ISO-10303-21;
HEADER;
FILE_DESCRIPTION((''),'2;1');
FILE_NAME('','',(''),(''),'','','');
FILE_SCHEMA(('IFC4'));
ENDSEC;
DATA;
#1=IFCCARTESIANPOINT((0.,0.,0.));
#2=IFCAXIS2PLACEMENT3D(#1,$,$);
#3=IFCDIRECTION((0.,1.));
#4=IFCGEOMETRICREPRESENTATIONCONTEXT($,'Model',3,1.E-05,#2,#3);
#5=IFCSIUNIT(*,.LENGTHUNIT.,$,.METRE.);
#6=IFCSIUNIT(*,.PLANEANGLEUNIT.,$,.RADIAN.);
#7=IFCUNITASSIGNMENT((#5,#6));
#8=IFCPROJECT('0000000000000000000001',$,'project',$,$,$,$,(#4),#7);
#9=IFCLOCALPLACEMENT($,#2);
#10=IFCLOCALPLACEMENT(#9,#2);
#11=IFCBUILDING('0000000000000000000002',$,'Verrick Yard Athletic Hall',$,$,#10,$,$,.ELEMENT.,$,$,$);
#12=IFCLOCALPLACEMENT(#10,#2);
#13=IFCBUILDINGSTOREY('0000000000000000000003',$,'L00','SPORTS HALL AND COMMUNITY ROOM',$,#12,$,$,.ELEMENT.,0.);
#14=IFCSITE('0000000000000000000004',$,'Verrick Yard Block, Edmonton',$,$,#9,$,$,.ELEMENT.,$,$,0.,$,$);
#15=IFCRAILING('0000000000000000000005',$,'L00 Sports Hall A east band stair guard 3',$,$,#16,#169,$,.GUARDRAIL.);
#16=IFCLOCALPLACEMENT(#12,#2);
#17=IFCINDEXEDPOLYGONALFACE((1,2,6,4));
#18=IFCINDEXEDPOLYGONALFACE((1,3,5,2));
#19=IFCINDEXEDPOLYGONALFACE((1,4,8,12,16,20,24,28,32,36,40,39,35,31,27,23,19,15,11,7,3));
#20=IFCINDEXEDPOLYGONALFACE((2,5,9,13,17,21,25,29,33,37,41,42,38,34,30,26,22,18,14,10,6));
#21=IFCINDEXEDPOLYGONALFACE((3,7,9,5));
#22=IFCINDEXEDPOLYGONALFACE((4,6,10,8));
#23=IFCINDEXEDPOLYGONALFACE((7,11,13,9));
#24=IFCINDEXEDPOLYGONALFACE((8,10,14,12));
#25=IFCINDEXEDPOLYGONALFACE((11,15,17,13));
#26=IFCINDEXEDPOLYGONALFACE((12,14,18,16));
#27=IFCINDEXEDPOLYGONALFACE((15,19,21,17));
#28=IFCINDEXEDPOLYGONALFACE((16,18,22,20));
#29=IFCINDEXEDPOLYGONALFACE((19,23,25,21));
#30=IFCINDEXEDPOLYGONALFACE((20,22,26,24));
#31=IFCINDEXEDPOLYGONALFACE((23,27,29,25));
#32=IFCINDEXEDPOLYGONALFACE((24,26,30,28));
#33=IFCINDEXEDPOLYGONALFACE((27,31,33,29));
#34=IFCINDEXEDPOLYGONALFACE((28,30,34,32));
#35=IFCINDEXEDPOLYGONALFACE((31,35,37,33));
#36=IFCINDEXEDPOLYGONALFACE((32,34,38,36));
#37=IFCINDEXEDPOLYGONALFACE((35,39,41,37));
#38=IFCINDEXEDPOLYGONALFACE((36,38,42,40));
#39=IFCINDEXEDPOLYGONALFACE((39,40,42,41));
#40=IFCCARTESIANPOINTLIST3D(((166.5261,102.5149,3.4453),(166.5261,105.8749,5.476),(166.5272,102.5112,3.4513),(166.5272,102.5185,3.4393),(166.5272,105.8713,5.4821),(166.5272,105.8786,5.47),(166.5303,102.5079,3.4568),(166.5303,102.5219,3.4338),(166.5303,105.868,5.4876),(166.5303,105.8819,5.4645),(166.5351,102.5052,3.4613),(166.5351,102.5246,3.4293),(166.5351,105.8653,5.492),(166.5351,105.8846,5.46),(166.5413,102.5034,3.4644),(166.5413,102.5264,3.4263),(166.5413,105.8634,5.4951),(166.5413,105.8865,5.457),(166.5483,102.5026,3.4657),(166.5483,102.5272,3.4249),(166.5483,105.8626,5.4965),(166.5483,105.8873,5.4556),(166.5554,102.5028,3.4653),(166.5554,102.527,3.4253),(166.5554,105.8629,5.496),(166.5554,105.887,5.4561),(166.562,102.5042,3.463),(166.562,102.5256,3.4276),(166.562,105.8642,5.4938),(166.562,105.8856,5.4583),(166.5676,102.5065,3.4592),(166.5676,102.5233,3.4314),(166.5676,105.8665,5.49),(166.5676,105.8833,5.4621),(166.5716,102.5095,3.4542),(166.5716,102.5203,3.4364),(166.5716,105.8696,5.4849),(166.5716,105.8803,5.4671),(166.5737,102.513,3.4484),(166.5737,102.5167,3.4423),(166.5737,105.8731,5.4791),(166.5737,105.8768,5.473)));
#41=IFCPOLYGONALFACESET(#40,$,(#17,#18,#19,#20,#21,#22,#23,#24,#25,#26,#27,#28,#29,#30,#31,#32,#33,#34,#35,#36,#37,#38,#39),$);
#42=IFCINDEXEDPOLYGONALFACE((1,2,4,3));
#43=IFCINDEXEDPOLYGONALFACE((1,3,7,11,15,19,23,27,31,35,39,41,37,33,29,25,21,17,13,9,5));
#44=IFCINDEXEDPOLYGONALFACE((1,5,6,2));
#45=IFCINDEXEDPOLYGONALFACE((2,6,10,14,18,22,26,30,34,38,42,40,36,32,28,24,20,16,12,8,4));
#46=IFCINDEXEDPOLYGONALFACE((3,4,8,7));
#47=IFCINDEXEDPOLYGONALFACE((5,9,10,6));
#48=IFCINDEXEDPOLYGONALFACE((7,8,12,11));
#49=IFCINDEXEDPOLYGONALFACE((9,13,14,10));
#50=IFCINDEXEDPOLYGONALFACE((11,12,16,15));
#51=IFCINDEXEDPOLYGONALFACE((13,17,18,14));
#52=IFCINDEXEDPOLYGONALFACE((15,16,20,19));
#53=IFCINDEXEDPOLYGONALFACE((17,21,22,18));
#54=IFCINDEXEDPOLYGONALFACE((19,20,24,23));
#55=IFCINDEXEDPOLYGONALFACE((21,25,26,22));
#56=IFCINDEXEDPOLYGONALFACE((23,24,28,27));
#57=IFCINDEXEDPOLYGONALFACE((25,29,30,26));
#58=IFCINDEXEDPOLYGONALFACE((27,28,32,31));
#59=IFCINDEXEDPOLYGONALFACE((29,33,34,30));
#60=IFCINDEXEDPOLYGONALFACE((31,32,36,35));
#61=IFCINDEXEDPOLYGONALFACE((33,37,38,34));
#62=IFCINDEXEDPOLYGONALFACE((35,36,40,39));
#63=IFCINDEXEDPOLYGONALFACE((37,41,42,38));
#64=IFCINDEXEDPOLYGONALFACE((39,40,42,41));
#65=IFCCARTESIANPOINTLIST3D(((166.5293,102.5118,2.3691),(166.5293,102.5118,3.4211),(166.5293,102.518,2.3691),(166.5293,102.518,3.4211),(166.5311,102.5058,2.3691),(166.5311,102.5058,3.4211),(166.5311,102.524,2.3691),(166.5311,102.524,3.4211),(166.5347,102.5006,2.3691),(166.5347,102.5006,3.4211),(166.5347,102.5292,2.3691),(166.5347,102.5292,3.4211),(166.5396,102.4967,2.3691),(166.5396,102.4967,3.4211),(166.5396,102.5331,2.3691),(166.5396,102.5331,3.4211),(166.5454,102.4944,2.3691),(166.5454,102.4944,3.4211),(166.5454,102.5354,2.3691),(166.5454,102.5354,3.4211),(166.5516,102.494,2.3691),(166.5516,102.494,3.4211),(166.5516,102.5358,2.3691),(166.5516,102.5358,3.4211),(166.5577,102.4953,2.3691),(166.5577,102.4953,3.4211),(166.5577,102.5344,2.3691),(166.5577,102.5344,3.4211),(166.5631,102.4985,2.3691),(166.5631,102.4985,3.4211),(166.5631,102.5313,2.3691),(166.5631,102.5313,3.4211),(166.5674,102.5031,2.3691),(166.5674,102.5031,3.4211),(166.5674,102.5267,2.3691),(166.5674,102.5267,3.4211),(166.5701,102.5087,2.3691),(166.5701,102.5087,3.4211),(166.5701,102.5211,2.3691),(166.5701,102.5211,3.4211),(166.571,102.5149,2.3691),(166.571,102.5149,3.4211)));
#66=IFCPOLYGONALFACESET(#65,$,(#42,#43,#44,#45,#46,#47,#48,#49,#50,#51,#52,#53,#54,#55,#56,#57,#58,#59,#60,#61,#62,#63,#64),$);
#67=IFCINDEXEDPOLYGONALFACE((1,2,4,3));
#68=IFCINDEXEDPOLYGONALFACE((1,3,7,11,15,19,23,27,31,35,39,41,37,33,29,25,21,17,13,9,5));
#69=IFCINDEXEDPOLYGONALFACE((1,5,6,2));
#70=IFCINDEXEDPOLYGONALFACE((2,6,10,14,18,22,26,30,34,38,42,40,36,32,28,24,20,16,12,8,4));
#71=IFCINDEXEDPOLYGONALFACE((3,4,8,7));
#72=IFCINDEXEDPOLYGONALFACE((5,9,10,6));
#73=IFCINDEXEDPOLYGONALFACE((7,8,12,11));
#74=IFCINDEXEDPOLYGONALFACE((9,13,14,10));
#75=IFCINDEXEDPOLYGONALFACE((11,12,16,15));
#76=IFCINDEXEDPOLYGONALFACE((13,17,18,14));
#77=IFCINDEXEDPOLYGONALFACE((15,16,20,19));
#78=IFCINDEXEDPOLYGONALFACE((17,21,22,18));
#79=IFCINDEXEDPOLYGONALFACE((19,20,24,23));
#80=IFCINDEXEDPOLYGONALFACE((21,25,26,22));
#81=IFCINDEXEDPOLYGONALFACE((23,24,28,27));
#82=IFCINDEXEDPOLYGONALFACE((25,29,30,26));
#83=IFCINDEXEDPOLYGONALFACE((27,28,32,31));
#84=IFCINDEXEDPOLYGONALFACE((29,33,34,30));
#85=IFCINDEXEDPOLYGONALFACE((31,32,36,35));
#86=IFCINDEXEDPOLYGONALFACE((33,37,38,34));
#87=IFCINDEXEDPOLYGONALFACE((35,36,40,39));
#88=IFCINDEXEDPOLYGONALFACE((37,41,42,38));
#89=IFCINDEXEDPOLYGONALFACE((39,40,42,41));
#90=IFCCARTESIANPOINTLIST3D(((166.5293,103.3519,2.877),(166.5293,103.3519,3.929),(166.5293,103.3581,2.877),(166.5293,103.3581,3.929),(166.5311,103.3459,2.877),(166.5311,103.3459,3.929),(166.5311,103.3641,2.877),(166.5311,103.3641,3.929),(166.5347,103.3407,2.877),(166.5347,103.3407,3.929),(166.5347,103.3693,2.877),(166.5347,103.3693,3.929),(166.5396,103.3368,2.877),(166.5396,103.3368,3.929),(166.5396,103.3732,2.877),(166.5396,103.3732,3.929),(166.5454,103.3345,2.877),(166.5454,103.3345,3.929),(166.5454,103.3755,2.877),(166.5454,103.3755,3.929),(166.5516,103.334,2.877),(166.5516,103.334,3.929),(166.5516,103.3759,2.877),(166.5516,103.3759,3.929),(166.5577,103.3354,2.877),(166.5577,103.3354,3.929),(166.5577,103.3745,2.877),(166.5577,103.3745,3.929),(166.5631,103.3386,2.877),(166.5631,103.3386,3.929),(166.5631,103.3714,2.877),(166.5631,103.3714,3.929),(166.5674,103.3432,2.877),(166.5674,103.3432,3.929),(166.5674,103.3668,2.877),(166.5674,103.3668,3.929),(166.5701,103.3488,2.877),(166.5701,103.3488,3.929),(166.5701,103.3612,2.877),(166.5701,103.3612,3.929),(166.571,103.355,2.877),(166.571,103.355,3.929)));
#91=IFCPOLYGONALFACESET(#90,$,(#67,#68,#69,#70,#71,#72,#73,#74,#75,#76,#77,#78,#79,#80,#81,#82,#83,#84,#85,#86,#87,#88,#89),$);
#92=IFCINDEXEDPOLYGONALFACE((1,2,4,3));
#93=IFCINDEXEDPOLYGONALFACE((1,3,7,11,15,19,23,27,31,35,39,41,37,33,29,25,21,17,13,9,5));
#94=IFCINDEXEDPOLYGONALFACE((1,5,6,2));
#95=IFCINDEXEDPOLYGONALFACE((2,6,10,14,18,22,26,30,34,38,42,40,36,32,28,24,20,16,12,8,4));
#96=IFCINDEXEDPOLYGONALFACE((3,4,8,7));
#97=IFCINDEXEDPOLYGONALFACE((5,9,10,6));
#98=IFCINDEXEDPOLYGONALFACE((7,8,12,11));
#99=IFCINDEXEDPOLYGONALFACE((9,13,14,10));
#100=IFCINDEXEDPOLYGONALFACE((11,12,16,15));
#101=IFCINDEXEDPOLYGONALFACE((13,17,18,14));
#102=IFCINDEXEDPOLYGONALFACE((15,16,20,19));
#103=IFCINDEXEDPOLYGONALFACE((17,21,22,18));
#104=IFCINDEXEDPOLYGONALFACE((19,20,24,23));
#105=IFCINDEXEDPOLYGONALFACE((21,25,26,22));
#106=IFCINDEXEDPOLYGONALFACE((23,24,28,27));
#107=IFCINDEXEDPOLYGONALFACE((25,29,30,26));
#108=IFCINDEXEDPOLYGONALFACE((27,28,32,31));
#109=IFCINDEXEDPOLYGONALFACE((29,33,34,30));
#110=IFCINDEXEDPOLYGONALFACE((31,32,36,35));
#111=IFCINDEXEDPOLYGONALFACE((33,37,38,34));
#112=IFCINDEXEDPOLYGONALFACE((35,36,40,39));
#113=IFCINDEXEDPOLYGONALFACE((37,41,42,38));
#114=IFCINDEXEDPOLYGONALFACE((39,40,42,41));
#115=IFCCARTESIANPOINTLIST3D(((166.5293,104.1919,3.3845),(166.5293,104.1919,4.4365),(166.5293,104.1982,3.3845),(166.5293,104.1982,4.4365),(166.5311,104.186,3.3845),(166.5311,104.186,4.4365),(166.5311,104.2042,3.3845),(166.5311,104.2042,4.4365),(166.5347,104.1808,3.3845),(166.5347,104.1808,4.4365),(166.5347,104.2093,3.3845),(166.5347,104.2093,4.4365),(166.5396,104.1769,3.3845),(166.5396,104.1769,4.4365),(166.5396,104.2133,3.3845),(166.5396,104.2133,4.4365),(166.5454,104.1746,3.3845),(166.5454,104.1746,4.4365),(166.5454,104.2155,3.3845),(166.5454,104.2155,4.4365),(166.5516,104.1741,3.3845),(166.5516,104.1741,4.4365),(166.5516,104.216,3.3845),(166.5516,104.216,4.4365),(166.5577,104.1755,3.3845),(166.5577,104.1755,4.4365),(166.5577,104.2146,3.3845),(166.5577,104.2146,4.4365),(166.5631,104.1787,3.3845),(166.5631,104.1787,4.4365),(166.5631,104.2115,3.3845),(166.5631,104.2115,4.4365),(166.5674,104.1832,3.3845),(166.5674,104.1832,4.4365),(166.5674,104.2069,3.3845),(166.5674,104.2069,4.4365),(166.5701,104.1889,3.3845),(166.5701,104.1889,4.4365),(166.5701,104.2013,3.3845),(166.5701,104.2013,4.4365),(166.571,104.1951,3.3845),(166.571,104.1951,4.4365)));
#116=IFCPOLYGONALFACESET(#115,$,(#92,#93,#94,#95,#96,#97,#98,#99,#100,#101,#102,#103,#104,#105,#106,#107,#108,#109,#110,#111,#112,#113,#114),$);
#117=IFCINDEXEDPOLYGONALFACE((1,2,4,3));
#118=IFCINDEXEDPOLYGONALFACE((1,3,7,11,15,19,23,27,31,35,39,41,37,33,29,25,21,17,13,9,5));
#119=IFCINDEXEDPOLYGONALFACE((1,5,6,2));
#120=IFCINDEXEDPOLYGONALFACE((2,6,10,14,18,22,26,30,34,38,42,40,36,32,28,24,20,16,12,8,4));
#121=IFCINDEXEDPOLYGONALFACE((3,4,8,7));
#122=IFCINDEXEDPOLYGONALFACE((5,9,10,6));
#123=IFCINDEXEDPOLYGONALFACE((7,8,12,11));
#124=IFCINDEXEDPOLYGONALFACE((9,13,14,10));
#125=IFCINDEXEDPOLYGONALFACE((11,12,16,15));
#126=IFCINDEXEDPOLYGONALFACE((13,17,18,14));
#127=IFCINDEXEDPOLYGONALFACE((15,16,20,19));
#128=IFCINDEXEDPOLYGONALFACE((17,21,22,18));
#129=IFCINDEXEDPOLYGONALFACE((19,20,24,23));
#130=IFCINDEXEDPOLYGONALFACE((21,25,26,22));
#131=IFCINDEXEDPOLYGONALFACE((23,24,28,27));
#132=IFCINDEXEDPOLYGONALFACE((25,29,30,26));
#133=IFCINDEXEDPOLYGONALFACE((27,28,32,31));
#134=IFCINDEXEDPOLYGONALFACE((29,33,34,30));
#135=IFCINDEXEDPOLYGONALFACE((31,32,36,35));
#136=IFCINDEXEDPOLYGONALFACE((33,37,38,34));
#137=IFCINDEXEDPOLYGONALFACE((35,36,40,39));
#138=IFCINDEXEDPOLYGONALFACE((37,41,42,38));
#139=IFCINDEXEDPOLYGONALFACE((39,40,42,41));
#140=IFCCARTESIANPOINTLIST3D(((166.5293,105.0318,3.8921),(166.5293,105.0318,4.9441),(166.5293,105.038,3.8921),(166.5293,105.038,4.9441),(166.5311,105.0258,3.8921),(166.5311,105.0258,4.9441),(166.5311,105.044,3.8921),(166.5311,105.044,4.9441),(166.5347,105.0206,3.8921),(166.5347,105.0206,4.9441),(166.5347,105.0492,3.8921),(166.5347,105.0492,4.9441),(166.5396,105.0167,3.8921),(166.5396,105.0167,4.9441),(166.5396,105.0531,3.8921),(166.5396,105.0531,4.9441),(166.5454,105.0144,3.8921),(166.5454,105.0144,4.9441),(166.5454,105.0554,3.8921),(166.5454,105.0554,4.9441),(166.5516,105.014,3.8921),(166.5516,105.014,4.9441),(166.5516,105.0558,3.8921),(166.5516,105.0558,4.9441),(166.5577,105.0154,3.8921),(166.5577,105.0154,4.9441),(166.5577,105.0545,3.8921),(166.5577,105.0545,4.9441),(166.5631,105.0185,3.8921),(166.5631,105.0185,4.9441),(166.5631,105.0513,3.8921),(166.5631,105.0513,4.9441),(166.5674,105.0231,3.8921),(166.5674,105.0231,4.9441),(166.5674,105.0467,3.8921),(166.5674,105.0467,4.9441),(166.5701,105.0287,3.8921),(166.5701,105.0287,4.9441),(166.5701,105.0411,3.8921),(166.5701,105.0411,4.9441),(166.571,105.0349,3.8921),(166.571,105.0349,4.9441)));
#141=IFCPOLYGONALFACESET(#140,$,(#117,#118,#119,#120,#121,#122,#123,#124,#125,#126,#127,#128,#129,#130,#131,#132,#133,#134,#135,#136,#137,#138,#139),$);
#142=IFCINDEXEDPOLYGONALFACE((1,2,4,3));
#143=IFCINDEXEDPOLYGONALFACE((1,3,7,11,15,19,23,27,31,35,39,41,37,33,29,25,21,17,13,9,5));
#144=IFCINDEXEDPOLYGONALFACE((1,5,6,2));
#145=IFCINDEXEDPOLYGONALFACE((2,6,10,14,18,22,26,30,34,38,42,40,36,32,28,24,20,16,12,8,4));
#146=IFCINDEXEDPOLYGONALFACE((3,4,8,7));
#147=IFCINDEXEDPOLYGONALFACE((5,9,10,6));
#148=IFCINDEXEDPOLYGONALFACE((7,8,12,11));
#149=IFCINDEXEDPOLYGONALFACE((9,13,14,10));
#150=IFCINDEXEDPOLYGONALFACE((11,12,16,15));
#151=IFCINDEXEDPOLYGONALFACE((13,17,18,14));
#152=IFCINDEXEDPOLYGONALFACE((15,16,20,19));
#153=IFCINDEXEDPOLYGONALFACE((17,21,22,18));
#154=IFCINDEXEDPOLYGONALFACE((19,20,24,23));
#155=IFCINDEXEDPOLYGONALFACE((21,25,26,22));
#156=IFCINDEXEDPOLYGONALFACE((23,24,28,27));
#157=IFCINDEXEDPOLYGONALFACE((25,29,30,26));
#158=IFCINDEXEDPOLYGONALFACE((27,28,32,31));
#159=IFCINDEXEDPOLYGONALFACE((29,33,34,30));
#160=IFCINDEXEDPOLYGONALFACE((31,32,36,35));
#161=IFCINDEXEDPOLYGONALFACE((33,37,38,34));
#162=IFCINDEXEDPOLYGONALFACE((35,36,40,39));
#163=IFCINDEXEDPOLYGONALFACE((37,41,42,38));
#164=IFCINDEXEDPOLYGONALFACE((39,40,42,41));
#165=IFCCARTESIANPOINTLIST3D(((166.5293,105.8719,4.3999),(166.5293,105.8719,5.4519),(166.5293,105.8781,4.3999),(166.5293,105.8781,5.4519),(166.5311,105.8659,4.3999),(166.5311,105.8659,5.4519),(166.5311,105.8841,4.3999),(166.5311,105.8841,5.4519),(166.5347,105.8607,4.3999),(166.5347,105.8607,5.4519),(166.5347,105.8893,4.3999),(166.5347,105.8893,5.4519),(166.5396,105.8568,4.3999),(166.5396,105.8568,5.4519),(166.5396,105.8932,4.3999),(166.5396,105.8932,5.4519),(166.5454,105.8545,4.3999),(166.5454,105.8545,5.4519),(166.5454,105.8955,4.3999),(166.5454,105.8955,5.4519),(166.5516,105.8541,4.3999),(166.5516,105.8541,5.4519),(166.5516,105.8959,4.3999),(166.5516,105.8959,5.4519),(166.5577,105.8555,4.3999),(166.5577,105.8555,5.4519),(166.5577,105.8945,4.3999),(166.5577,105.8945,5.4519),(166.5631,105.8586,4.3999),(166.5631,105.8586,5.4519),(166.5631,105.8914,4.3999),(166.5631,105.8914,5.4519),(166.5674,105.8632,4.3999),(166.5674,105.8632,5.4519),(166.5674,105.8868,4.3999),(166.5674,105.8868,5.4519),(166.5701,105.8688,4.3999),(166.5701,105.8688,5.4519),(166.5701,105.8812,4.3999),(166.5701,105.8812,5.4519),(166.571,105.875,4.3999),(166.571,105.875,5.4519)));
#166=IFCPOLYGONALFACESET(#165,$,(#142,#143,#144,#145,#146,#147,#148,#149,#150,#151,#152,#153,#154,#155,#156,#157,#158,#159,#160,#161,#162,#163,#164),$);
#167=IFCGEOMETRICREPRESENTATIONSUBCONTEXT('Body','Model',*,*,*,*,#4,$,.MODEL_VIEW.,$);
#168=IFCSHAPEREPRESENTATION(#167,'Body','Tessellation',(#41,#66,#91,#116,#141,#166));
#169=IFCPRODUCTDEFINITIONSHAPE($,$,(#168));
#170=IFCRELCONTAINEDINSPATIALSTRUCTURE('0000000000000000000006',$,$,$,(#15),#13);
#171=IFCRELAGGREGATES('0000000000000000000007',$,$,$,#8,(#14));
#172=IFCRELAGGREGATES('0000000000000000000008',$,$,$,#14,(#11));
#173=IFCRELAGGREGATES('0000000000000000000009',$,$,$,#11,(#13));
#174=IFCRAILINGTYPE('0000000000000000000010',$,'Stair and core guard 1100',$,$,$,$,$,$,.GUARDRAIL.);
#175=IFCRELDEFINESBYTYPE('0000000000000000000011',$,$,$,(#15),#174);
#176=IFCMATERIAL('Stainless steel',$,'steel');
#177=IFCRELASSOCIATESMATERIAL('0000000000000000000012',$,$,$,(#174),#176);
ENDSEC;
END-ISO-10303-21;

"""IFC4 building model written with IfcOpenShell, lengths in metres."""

from ifc_helpers import new_model, si_unit, direction, frame, origin, origin_2d, place, context, subcontext, project, spatial, circle, extrude, material, type_object, element, save


model = new_model("IFC4")

# Units and contexts
model_context = context("Model", 3, precision=1e-05, world=origin(), true_north=direction((0.0, 1.0)))
body_context = subcontext(model_context, "Body", "Model", "MODEL_VIEW")
ifc_project = project(units=[si_unit("LENGTHUNIT", "METRE"), si_unit("PLANEANGLEUNIT", "RADIAN")], contexts=[model_context])

# Site, building, storey
site_placement = place(None, origin())
site = spatial("IfcSite", under=ifc_project, at=site_placement, Name="Verrick Yard Block, Edmonton", CompositionType="ELEMENT", RefElevation=0.0)
building_placement = place(site_placement, origin())
building = spatial("IfcBuilding", under=site, at=building_placement, Name="Verrick Yard Athletic Hall", CompositionType="ELEMENT")
storey_placement = place(building_placement, origin())
storey = spatial("IfcBuildingStorey", under=building, at=storey_placement, Name="L00", Description="SPORTS HALL AND COMMUNITY ROOM", CompositionType="ELEMENT", Elevation=0.0)

# Railing
ifc_material_1 = material(Name="Stainless steel", Category="steel")
railing_type_1 = type_object("IfcRailingType", Name="Stair and core guard 1100", PredefinedType="GUARDRAIL", material=ifc_material_1)
railing_1_placement = place(storey_placement, frame((166.55, 102.5149, 2.3691)))
element("IfcRailing", 1, at=railing_1_placement, inside=storey, type_object=railing_type_1, Name="L00 Sports Hall A east band stair guard 3", PredefinedType="GUARDRAIL", context=body_context, shape_type="SweptSolid", body=[
    extrude(circle(Radius=0.0239, at=origin_2d()), frame((0.0, 0.0, 1.0762), z_axis=(0.0, 0.855837, 0.517246), x_axis=(-1.0, 0.0, 0.0)), (0.0, 0.0, 1.0), 3.926),
    extrude(circle(Radius=0.021, at=origin_2d()), origin(), (0.0, 0.0, 1.0), 1.052),
    extrude(circle(Radius=0.021, at=origin_2d()), frame((0.0, 0.8401, 0.5078)), (0.0, 0.0, 1.0), 1.052),
    extrude(circle(Radius=0.021, at=origin_2d()), frame((0.0, 1.6802, 1.0154)), (0.0, 0.0, 1.0), 1.052),
    extrude(circle(Radius=0.021, at=origin_2d()), frame((0.0, 2.52, 1.5229)), (0.0, 0.0, 1.0), 1.052),
    extrude(circle(Radius=0.021, at=origin_2d()), frame((0.0, 3.3601, 2.0308)), (0.0, 0.0, 1.0), 1.052),
])

save(model, "model.ifc")
